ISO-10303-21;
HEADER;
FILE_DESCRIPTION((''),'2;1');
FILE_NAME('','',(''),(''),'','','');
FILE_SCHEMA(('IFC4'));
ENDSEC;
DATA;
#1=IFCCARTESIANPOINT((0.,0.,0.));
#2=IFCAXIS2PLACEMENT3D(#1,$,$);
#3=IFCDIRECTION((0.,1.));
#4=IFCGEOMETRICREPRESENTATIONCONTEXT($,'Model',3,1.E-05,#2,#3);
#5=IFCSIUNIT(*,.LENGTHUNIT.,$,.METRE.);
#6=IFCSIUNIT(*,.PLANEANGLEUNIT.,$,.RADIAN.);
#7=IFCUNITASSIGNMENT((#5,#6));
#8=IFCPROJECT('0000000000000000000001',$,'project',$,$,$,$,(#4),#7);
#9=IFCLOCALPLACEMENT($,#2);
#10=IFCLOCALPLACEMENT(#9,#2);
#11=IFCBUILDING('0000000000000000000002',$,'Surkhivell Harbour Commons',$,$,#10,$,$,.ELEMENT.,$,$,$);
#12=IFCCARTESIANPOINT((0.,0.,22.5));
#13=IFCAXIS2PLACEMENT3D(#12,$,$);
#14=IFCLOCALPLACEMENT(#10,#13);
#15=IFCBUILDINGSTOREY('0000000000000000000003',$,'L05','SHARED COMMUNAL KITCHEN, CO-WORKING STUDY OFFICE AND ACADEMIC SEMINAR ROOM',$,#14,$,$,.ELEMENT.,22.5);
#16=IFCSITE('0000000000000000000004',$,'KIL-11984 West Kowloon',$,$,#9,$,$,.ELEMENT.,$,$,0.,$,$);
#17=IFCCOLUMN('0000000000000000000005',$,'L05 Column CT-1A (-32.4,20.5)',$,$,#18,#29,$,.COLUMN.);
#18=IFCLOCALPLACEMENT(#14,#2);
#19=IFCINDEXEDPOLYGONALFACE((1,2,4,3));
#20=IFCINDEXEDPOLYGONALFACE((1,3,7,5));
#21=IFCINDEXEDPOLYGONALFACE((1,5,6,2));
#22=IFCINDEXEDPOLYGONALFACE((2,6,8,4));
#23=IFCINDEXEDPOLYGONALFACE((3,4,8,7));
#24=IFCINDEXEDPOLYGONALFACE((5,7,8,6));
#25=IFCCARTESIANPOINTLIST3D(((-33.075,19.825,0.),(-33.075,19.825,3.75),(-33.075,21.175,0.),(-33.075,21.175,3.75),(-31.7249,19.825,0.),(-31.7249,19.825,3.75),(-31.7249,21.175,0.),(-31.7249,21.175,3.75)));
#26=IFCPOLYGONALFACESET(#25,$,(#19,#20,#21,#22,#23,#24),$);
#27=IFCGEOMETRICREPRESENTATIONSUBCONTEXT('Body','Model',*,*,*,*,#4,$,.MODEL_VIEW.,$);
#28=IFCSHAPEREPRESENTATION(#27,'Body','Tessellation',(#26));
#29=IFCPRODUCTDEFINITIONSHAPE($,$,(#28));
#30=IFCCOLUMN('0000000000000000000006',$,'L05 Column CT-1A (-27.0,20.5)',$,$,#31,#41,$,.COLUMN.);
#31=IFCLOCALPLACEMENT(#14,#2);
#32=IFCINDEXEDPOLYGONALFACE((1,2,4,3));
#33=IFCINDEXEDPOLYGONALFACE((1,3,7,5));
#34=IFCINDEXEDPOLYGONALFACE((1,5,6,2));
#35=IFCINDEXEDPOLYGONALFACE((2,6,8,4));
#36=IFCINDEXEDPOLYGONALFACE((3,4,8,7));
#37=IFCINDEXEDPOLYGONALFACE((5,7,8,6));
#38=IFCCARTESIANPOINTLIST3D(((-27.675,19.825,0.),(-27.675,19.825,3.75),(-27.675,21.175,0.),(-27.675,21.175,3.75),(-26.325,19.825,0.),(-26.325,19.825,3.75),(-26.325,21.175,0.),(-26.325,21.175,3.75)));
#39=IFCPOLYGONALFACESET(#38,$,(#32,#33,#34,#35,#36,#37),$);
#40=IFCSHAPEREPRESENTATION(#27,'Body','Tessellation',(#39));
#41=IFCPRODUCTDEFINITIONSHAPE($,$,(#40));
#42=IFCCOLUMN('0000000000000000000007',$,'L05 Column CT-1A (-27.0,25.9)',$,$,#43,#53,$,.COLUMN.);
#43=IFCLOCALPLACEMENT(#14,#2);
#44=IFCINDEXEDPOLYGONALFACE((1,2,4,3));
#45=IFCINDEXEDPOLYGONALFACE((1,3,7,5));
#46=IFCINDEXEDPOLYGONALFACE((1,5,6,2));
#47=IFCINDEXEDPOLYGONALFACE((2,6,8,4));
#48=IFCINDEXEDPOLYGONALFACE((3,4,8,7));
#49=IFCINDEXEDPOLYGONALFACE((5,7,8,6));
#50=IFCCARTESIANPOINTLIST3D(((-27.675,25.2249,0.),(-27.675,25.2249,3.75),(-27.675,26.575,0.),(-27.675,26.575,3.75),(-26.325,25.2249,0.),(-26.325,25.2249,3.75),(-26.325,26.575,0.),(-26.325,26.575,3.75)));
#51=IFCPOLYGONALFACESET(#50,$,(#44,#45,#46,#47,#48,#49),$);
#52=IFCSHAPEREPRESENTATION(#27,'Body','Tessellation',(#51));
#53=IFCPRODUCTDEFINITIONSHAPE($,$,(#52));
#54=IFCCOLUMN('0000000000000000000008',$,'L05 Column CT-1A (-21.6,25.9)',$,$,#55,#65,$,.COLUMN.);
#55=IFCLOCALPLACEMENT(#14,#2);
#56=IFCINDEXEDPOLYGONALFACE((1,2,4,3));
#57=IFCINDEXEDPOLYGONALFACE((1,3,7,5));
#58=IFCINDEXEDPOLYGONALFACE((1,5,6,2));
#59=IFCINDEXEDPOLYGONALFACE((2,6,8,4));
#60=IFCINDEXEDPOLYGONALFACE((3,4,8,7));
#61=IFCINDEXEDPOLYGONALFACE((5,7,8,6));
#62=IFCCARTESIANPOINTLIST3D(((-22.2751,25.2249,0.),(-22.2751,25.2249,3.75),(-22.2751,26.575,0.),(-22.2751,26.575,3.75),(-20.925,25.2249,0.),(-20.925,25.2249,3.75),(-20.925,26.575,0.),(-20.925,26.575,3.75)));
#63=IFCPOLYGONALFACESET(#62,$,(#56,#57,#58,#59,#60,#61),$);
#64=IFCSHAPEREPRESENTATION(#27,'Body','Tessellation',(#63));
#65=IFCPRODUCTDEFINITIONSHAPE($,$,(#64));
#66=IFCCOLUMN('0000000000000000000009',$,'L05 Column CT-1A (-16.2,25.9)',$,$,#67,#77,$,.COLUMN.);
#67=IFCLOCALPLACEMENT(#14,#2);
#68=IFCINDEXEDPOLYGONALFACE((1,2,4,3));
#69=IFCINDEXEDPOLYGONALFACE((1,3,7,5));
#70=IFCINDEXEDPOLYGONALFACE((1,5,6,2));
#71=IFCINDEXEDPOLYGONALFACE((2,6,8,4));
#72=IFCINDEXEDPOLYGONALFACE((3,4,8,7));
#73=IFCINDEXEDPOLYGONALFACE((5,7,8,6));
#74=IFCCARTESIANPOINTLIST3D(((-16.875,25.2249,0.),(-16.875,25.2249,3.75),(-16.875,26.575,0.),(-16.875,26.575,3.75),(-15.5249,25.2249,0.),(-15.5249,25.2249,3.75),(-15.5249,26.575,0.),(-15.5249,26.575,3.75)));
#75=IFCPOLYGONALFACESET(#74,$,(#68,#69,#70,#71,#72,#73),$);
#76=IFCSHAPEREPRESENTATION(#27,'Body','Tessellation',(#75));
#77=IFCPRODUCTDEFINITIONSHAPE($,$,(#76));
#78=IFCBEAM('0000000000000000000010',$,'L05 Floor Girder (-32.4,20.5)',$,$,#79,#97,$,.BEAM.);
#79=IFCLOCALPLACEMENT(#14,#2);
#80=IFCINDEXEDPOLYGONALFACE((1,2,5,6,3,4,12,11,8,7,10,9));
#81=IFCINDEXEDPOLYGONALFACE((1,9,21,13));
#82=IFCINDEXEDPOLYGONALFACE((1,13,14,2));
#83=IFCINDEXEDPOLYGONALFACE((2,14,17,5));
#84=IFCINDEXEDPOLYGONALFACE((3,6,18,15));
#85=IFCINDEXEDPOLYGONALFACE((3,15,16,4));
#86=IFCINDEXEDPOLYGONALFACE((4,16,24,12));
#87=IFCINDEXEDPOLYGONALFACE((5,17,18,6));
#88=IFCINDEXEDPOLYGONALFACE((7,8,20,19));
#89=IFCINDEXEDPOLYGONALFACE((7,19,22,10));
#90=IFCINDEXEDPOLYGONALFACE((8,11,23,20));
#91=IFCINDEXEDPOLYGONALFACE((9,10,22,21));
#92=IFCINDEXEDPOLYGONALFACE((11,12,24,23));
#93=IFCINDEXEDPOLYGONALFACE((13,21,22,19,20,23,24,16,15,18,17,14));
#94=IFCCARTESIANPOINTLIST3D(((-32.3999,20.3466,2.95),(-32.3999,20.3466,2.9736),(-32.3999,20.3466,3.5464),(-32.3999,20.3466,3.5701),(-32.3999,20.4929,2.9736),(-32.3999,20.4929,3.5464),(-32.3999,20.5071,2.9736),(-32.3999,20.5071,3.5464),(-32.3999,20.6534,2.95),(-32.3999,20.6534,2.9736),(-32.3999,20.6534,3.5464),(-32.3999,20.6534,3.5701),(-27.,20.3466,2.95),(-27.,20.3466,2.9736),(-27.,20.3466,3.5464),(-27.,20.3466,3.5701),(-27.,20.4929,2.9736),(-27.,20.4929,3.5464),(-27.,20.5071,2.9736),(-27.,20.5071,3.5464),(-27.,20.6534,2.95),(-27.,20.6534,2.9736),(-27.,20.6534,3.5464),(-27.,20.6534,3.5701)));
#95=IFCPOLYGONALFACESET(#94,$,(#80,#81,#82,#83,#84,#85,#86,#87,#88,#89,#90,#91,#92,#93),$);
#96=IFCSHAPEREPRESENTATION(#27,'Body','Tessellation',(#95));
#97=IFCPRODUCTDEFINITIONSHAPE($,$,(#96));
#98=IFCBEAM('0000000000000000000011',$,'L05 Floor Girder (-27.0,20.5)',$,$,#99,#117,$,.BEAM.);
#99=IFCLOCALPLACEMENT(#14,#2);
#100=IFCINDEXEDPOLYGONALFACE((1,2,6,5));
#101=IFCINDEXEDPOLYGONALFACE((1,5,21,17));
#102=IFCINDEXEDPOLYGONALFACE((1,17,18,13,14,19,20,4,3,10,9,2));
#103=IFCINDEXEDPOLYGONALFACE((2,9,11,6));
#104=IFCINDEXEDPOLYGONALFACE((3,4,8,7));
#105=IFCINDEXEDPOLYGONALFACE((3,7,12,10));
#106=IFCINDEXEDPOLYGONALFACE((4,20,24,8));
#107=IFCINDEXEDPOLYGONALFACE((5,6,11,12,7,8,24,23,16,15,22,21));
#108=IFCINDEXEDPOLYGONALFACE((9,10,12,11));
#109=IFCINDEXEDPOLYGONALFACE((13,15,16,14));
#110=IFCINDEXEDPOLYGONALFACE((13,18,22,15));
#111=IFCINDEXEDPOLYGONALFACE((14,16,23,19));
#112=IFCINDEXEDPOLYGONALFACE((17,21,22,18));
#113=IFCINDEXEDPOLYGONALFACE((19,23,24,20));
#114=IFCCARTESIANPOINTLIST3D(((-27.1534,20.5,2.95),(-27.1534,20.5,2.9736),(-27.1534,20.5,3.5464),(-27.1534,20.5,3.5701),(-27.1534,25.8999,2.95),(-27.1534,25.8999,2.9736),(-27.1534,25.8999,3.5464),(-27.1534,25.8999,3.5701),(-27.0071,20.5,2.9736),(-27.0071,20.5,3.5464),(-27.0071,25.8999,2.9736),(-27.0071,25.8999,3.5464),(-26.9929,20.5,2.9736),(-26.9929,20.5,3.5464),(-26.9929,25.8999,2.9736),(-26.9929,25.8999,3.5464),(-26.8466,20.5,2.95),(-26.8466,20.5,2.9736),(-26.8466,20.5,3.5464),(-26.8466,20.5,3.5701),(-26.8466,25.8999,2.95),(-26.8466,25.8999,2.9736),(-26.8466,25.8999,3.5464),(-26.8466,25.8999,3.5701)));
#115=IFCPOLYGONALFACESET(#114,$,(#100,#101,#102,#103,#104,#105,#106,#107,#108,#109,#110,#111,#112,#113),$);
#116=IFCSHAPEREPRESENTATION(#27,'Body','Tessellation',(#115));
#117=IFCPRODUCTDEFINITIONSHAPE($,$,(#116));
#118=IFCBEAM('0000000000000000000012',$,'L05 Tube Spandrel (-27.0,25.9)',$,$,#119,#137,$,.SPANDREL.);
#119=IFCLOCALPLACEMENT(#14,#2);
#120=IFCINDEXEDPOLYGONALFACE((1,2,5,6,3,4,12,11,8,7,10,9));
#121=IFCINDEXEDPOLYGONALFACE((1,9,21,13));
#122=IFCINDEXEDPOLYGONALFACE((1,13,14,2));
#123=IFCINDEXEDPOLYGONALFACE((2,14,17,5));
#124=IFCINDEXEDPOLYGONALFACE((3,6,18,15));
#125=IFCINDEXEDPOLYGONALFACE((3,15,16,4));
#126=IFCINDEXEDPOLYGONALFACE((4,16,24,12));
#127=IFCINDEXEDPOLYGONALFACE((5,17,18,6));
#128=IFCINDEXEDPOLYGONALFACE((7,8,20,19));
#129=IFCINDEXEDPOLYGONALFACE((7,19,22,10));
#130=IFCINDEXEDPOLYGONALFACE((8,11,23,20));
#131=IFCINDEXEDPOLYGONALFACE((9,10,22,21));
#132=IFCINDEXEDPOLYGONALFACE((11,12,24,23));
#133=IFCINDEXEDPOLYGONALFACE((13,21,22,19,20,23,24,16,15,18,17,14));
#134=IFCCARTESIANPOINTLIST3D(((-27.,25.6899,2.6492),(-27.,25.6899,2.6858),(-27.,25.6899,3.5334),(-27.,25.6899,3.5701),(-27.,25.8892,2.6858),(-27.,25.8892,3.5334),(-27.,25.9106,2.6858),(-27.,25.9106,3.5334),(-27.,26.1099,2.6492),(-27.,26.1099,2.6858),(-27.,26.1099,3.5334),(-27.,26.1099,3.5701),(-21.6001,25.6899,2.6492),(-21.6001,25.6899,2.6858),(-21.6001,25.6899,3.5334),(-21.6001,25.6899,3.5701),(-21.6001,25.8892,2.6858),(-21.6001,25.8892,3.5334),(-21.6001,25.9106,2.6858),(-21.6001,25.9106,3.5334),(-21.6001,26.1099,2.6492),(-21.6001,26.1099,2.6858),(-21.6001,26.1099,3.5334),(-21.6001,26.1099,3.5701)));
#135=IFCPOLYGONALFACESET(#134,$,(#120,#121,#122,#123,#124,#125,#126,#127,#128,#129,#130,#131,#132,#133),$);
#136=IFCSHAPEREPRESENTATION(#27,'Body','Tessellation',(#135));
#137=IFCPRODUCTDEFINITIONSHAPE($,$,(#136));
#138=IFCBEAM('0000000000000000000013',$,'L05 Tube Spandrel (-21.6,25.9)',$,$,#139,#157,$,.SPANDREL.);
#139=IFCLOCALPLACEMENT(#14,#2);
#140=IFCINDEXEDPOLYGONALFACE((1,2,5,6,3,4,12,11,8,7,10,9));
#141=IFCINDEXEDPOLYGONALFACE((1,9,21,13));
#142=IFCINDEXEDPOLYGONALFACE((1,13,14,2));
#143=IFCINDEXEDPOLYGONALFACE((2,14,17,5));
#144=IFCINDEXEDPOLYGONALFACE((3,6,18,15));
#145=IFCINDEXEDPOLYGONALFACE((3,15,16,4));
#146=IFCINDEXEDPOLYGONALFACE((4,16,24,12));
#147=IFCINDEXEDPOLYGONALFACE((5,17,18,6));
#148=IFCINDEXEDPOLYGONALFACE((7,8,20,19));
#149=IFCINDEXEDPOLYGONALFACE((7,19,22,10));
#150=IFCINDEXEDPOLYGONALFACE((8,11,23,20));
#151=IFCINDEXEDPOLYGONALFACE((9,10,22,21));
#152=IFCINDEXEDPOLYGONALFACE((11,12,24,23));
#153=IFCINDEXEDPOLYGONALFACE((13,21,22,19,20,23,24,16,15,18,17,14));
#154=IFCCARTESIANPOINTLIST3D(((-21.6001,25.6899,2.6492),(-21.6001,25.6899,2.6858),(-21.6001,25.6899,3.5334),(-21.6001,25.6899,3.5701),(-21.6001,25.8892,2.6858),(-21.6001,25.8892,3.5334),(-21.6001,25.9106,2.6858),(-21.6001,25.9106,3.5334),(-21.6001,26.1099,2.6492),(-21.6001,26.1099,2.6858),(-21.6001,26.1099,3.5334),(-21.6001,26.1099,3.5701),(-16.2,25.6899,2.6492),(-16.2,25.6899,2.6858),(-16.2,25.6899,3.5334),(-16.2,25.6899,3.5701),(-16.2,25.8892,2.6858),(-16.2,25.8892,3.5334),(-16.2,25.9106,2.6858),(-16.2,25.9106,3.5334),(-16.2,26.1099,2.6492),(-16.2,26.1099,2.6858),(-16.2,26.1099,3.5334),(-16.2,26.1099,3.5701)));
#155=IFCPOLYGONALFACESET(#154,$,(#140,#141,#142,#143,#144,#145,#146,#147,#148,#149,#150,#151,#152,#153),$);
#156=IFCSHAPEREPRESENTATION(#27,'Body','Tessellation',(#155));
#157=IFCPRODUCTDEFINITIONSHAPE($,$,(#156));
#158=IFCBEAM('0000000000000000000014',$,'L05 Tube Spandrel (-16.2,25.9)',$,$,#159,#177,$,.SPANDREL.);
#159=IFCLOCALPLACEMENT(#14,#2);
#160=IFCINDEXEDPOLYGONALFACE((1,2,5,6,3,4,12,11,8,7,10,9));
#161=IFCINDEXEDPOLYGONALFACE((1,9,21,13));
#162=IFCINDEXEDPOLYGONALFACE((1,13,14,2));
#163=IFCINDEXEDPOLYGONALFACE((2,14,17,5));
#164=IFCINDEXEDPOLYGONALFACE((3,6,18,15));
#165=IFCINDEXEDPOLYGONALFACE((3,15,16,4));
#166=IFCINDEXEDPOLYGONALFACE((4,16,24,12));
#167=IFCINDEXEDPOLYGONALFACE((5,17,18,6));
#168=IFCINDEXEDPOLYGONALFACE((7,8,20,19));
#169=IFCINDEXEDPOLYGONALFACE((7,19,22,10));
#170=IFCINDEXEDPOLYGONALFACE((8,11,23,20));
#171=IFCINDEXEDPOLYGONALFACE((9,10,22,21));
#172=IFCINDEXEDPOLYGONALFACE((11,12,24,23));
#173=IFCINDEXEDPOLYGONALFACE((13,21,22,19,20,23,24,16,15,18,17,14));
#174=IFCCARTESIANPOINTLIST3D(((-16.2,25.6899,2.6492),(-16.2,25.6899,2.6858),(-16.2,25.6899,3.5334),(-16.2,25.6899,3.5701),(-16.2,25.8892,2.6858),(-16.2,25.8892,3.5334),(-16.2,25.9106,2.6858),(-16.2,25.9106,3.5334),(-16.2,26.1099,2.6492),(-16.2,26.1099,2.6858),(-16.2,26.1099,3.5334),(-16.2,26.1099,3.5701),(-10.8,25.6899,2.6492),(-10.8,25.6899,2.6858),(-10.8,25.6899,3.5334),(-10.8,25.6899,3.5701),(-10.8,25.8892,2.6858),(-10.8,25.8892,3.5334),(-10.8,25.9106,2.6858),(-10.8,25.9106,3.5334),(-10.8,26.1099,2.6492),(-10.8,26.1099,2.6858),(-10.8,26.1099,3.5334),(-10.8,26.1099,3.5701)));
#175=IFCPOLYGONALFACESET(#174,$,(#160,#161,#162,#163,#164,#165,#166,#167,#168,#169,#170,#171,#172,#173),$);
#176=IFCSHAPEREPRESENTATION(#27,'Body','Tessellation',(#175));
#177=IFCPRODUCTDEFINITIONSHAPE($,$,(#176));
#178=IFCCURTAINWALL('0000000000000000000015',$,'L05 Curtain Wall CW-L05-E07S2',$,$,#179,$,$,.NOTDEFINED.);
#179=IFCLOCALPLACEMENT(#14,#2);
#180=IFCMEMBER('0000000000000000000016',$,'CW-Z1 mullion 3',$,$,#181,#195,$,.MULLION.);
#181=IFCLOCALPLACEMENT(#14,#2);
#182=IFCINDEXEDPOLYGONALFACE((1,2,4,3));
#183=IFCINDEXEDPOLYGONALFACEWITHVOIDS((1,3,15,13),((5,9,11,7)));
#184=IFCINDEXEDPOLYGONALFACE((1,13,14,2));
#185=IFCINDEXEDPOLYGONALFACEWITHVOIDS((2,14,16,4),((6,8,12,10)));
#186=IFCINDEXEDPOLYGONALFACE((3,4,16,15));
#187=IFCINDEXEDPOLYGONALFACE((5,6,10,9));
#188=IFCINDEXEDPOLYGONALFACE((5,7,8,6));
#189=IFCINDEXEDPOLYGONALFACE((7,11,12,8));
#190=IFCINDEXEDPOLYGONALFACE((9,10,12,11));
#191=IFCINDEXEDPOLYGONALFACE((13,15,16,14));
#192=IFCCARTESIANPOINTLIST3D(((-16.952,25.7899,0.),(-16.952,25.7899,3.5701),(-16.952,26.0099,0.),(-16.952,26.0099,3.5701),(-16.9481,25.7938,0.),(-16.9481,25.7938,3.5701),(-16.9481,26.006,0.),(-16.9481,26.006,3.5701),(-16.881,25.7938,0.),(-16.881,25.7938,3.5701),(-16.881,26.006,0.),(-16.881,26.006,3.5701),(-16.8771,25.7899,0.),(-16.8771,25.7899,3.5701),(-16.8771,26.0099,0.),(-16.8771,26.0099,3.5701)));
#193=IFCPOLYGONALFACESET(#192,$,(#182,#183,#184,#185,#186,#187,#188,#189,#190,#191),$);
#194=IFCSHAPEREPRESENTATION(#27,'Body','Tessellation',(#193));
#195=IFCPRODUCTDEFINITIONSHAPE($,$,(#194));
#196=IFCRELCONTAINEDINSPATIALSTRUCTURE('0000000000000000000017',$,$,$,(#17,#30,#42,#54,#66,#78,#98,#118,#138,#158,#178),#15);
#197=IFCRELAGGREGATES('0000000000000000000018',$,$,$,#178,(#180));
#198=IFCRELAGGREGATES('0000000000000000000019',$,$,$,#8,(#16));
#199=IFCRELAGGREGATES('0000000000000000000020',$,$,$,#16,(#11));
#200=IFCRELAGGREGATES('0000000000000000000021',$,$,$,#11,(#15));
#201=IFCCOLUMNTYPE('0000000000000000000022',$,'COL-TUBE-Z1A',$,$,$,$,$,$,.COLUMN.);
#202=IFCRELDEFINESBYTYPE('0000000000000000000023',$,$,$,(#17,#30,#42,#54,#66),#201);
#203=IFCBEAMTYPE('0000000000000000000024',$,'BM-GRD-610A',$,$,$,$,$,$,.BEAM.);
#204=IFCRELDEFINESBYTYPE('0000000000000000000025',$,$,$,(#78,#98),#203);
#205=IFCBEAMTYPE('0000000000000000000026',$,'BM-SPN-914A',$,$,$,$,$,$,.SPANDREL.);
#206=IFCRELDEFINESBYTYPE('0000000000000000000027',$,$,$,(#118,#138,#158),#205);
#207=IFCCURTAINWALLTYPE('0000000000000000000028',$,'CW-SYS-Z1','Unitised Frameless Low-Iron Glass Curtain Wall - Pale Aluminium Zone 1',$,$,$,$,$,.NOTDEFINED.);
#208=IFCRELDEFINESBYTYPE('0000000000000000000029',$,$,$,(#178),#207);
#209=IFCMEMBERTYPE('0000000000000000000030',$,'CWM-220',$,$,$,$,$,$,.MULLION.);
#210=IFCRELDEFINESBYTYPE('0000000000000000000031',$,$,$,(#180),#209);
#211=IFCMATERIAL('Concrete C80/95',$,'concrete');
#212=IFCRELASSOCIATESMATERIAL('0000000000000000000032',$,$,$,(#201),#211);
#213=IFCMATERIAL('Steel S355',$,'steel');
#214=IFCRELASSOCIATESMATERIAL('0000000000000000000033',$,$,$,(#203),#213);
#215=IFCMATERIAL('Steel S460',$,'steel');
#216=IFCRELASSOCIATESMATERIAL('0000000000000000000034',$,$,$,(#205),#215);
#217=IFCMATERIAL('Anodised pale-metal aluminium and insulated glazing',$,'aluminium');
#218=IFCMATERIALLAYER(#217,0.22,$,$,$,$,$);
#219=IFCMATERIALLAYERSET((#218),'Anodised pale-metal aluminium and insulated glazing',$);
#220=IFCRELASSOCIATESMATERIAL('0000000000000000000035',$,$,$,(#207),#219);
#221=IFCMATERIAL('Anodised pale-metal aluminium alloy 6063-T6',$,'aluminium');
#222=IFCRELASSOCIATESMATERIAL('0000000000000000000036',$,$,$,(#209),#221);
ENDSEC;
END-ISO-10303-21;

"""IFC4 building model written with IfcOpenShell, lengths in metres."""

from ifc_helpers import new_model, si_unit, direction, frame, origin, origin_2d, place, context, subcontext, project, spatial, rectangle, hollow_rectangle, i_section, extrude, material, layer, layer_set, material_profile, profile_set, type_object, element, aggregate, save


model = new_model("IFC4")

# Units and contexts
model_context = context("Model", 3, precision=1e-05, world=origin(), true_north=direction((0.0, 1.0)))
body_context = subcontext(model_context, "Body", "Model", "MODEL_VIEW")
ifc_project = project(units=[si_unit("LENGTHUNIT", "METRE"), si_unit("PLANEANGLEUNIT", "RADIAN")], contexts=[model_context])

# Site, building, storey
site_placement = place(None, origin())
site = spatial("IfcSite", under=ifc_project, at=site_placement, Name="KIL-11984 West Kowloon", CompositionType="ELEMENT", RefElevation=0.0)
building_placement = place(site_placement, origin())
building = spatial("IfcBuilding", under=site, at=building_placement, Name="Surkhivell Harbour Commons", CompositionType="ELEMENT")
storey_placement = place(building_placement, frame((0.0, 0.0, 22.5)))
storey = spatial("IfcBuildingStorey", under=building, at=storey_placement, Name="L05", Description="SHARED COMMUNAL KITCHEN, CO-WORKING STUDY OFFICE AND ACADEMIC SEMINAR ROOM", CompositionType="ELEMENT", Elevation=22.5)

# Columns
ifc_material_1 = material(Name="Concrete C80/95", Category="concrete")
ifc_material_profile_1 = material_profile(ifc_material_1, rectangle(XDim=1.3501, YDim=1.3501, at=origin_2d()), Name="RC-COL-1350x1350")
ifc_profile_set_1 = profile_set([ifc_material_profile_1], Name="Concrete C80/95")
column_type = type_object("IfcColumnType", Name="COL-TUBE-Z1A", PredefinedType="COLUMN", material=ifc_profile_set_1)
for number, where, z_axis, x_axis, name in (
    (1, (-32.3999, 20.5, 0.0), (0.0, 0.0, 1.0), (1.0, 0.0, 0.0), "L05 Column CT-1A (-32.4,20.5)"),
    (2, (-27.0, 20.5, 0.0), (0.0, 0.0, 1.0), (1.0, 0.0, 0.0), "L05 Column CT-1A (-27.0,20.5)"),
    (3, (-27.0, 25.8999, 0.0), (0.0, 0.0, 1.0), (1.0, 0.0, 0.0), "L05 Column CT-1A (-27.0,25.9)"),
    (4, (-21.6001, 25.8999, 0.0), (0.0, 0.0, 1.0), (1.0, 0.0, 0.0), "L05 Column CT-1A (-21.6,25.9)"),
    (5, (-16.2, 25.8999, 0.0), (0.0, 0.0, 1.0), (1.0, 0.0, 0.0), "L05 Column CT-1A (-16.2,25.9)"),
):
    element("IfcColumn", number, at=place(storey_placement, frame(where, z_axis=z_axis, x_axis=x_axis)), inside=storey, type_object=column_type, Name=name, PredefinedType="COLUMN", context=body_context, shape_type="SweptSolid", body=[
        extrude(rectangle(XDim=1.3501, YDim=1.3501, at=origin_2d()), origin(), (0.0, 0.0, 1.0), 3.75),
    ])

# Beams
ifc_material_2 = material(Name="Steel S355", Category="steel")
ifc_material_profile_2 = material_profile(ifc_material_2, i_section(OverallWidth=0.3069, OverallDepth=0.6201, WebThickness=0.0142, FlangeThickness=0.0237, at=origin_2d()), Name="UB610x305x179")
ifc_profile_set_2 = profile_set([ifc_material_profile_2], Name="Steel S355")
beam_type_1 = type_object("IfcBeamType", Name="BM-GRD-610A", PredefinedType="BEAM", material=ifc_profile_set_2)
for number, where, z_axis, x_axis, name in (
    (6, (-32.3999, 20.5, 3.26), (1.0, 0.0, 0.0), (0.0, 1.0, 0.0), "L05 Floor Girder (-32.4,20.5)"),
    (7, (-27.0, 20.5, 3.26), (0.0, 1.0, 0.0), (-1.0, 0.0, 0.0), "L05 Floor Girder (-27.0,20.5)"),
):
    element("IfcBeam", number, at=place(storey_placement, frame(where, z_axis=z_axis, x_axis=x_axis)), inside=storey, type_object=beam_type_1, Name=name, PredefinedType="BEAM", context=body_context, shape_type="SweptSolid", body=[
        extrude(i_section(OverallWidth=0.3069, OverallDepth=0.6201, WebThickness=0.0142, FlangeThickness=0.0237, at=origin_2d()), origin(), (0.0, 0.0, 1.0), 5.3999),
    ])
ifc_material_3 = material(Name="Steel S460", Category="steel")
ifc_material_profile_3 = material_profile(ifc_material_3, i_section(OverallWidth=0.4199, OverallDepth=0.9209, WebThickness=0.0215, FlangeThickness=0.0366, at=origin_2d()), Name="UB914x419x388")
ifc_profile_set_3 = profile_set([ifc_material_profile_3], Name="Steel S460")
beam_type_2 = type_object("IfcBeamType", Name="BM-SPN-914A", PredefinedType="SPANDREL", material=ifc_profile_set_3)
beam_1_placement = place(storey_placement, frame((-27.0, 25.8999, 3.1096), z_axis=(1.0, 0.0, 0.0), x_axis=(0.0, 1.0, 0.0)))
element("IfcBeam", 8, at=beam_1_placement, inside=storey, type_object=beam_type_2, Name="L05 Tube Spandrel (-27.0,25.9)", PredefinedType="SPANDREL", context=body_context, shape_type="SweptSolid", body=[
    extrude(i_section(OverallWidth=0.4199, OverallDepth=0.9209, WebThickness=0.0215, FlangeThickness=0.0366, at=origin_2d()), origin(), (0.0, 0.0, 1.0), 5.3999),
])
beam_2_placement = place(storey_placement, frame((-21.6001, 25.8999, 3.1096), z_axis=(1.0, 0.0, 0.0), x_axis=(0.0, 1.0, 0.0)))
element("IfcBeam", 9, at=beam_2_placement, inside=storey, type_object=beam_type_2, Name="L05 Tube Spandrel (-21.6,25.9)", PredefinedType="SPANDREL", context=body_context, shape_type="SweptSolid", body=[
    extrude(i_section(OverallWidth=0.4199, OverallDepth=0.9209, WebThickness=0.0215, FlangeThickness=0.0366, at=origin_2d()), origin(), (0.0, 0.0, 1.0), 5.4001),
])
beam_3_placement = place(storey_placement, frame((-16.2, 25.8999, 3.1096), z_axis=(1.0, 0.0, 0.0), x_axis=(0.0, 1.0, 0.0)))
element("IfcBeam", 10, at=beam_3_placement, inside=storey, type_object=beam_type_2, Name="L05 Tube Spandrel (-16.2,25.9)", PredefinedType="SPANDREL", context=body_context, shape_type="SweptSolid", body=[
    extrude(i_section(OverallWidth=0.4199, OverallDepth=0.9209, WebThickness=0.0215, FlangeThickness=0.0366, at=origin_2d()), origin(), (0.0, 0.0, 1.0), 5.3999),
])

# Curtain wall, member
ifc_material_4 = material(Name="Anodised pale-metal aluminium and insulated glazing", Category="aluminium")
ifc_layer_1 = layer(ifc_material_4, 0.22)
ifc_layer_set_1 = layer_set([ifc_layer_1], Name="Anodised pale-metal aluminium and insulated glazing")
curtain_wall_type = type_object("IfcCurtainWallType", Name="CW-SYS-Z1", Description="Unitised Frameless Low-Iron Glass Curtain Wall - Pale Aluminium Zone 1", PredefinedType="NOTDEFINED", material=ifc_layer_set_1)
curtain_wall_1_placement = place(storey_placement, origin())
curtain_wall_1 = element("IfcCurtainWall", 11, at=curtain_wall_1_placement, inside=storey, type_object=curtain_wall_type, Name="L05 Curtain Wall CW-L05-E07S2", PredefinedType="NOTDEFINED")
ifc_material_5 = material(Name="Anodised pale-metal aluminium alloy 6063-T6", Category="aluminium")
ifc_material_profile_4 = material_profile(ifc_material_5, hollow_rectangle(XDim=0.075, YDim=0.22, WallThickness=0.0039, at=origin_2d()), Name="ALU-MULL-75x220")
ifc_profile_set_4 = profile_set([ifc_material_profile_4], Name="Anodised pale-metal aluminium alloy 6063-T6")
member_type_1 = type_object("IfcMemberType", Name="CWM-220", PredefinedType="MULLION", material=ifc_profile_set_4)
member_1_placement = place(storey_placement, frame((-16.9146, 25.8999, 0.0), z_axis=(0.0, 0.0, 1.0), x_axis=(-1.0, 0.0, 0.0)))
member_1 = element("IfcMember", 12, at=member_1_placement, type_object=member_type_1, Name="CW-Z1 mullion 3", PredefinedType="MULLION", context=body_context, shape_type="SweptSolid", body=[
    extrude(hollow_rectangle(XDim=0.075, YDim=0.22, WallThickness=0.0039, at=origin_2d()), origin(), (0.0, 0.0, 1.0), 3.5701),
])

aggregate(curtain_wall_1, [member_1])

save(model, "model.ifc")
